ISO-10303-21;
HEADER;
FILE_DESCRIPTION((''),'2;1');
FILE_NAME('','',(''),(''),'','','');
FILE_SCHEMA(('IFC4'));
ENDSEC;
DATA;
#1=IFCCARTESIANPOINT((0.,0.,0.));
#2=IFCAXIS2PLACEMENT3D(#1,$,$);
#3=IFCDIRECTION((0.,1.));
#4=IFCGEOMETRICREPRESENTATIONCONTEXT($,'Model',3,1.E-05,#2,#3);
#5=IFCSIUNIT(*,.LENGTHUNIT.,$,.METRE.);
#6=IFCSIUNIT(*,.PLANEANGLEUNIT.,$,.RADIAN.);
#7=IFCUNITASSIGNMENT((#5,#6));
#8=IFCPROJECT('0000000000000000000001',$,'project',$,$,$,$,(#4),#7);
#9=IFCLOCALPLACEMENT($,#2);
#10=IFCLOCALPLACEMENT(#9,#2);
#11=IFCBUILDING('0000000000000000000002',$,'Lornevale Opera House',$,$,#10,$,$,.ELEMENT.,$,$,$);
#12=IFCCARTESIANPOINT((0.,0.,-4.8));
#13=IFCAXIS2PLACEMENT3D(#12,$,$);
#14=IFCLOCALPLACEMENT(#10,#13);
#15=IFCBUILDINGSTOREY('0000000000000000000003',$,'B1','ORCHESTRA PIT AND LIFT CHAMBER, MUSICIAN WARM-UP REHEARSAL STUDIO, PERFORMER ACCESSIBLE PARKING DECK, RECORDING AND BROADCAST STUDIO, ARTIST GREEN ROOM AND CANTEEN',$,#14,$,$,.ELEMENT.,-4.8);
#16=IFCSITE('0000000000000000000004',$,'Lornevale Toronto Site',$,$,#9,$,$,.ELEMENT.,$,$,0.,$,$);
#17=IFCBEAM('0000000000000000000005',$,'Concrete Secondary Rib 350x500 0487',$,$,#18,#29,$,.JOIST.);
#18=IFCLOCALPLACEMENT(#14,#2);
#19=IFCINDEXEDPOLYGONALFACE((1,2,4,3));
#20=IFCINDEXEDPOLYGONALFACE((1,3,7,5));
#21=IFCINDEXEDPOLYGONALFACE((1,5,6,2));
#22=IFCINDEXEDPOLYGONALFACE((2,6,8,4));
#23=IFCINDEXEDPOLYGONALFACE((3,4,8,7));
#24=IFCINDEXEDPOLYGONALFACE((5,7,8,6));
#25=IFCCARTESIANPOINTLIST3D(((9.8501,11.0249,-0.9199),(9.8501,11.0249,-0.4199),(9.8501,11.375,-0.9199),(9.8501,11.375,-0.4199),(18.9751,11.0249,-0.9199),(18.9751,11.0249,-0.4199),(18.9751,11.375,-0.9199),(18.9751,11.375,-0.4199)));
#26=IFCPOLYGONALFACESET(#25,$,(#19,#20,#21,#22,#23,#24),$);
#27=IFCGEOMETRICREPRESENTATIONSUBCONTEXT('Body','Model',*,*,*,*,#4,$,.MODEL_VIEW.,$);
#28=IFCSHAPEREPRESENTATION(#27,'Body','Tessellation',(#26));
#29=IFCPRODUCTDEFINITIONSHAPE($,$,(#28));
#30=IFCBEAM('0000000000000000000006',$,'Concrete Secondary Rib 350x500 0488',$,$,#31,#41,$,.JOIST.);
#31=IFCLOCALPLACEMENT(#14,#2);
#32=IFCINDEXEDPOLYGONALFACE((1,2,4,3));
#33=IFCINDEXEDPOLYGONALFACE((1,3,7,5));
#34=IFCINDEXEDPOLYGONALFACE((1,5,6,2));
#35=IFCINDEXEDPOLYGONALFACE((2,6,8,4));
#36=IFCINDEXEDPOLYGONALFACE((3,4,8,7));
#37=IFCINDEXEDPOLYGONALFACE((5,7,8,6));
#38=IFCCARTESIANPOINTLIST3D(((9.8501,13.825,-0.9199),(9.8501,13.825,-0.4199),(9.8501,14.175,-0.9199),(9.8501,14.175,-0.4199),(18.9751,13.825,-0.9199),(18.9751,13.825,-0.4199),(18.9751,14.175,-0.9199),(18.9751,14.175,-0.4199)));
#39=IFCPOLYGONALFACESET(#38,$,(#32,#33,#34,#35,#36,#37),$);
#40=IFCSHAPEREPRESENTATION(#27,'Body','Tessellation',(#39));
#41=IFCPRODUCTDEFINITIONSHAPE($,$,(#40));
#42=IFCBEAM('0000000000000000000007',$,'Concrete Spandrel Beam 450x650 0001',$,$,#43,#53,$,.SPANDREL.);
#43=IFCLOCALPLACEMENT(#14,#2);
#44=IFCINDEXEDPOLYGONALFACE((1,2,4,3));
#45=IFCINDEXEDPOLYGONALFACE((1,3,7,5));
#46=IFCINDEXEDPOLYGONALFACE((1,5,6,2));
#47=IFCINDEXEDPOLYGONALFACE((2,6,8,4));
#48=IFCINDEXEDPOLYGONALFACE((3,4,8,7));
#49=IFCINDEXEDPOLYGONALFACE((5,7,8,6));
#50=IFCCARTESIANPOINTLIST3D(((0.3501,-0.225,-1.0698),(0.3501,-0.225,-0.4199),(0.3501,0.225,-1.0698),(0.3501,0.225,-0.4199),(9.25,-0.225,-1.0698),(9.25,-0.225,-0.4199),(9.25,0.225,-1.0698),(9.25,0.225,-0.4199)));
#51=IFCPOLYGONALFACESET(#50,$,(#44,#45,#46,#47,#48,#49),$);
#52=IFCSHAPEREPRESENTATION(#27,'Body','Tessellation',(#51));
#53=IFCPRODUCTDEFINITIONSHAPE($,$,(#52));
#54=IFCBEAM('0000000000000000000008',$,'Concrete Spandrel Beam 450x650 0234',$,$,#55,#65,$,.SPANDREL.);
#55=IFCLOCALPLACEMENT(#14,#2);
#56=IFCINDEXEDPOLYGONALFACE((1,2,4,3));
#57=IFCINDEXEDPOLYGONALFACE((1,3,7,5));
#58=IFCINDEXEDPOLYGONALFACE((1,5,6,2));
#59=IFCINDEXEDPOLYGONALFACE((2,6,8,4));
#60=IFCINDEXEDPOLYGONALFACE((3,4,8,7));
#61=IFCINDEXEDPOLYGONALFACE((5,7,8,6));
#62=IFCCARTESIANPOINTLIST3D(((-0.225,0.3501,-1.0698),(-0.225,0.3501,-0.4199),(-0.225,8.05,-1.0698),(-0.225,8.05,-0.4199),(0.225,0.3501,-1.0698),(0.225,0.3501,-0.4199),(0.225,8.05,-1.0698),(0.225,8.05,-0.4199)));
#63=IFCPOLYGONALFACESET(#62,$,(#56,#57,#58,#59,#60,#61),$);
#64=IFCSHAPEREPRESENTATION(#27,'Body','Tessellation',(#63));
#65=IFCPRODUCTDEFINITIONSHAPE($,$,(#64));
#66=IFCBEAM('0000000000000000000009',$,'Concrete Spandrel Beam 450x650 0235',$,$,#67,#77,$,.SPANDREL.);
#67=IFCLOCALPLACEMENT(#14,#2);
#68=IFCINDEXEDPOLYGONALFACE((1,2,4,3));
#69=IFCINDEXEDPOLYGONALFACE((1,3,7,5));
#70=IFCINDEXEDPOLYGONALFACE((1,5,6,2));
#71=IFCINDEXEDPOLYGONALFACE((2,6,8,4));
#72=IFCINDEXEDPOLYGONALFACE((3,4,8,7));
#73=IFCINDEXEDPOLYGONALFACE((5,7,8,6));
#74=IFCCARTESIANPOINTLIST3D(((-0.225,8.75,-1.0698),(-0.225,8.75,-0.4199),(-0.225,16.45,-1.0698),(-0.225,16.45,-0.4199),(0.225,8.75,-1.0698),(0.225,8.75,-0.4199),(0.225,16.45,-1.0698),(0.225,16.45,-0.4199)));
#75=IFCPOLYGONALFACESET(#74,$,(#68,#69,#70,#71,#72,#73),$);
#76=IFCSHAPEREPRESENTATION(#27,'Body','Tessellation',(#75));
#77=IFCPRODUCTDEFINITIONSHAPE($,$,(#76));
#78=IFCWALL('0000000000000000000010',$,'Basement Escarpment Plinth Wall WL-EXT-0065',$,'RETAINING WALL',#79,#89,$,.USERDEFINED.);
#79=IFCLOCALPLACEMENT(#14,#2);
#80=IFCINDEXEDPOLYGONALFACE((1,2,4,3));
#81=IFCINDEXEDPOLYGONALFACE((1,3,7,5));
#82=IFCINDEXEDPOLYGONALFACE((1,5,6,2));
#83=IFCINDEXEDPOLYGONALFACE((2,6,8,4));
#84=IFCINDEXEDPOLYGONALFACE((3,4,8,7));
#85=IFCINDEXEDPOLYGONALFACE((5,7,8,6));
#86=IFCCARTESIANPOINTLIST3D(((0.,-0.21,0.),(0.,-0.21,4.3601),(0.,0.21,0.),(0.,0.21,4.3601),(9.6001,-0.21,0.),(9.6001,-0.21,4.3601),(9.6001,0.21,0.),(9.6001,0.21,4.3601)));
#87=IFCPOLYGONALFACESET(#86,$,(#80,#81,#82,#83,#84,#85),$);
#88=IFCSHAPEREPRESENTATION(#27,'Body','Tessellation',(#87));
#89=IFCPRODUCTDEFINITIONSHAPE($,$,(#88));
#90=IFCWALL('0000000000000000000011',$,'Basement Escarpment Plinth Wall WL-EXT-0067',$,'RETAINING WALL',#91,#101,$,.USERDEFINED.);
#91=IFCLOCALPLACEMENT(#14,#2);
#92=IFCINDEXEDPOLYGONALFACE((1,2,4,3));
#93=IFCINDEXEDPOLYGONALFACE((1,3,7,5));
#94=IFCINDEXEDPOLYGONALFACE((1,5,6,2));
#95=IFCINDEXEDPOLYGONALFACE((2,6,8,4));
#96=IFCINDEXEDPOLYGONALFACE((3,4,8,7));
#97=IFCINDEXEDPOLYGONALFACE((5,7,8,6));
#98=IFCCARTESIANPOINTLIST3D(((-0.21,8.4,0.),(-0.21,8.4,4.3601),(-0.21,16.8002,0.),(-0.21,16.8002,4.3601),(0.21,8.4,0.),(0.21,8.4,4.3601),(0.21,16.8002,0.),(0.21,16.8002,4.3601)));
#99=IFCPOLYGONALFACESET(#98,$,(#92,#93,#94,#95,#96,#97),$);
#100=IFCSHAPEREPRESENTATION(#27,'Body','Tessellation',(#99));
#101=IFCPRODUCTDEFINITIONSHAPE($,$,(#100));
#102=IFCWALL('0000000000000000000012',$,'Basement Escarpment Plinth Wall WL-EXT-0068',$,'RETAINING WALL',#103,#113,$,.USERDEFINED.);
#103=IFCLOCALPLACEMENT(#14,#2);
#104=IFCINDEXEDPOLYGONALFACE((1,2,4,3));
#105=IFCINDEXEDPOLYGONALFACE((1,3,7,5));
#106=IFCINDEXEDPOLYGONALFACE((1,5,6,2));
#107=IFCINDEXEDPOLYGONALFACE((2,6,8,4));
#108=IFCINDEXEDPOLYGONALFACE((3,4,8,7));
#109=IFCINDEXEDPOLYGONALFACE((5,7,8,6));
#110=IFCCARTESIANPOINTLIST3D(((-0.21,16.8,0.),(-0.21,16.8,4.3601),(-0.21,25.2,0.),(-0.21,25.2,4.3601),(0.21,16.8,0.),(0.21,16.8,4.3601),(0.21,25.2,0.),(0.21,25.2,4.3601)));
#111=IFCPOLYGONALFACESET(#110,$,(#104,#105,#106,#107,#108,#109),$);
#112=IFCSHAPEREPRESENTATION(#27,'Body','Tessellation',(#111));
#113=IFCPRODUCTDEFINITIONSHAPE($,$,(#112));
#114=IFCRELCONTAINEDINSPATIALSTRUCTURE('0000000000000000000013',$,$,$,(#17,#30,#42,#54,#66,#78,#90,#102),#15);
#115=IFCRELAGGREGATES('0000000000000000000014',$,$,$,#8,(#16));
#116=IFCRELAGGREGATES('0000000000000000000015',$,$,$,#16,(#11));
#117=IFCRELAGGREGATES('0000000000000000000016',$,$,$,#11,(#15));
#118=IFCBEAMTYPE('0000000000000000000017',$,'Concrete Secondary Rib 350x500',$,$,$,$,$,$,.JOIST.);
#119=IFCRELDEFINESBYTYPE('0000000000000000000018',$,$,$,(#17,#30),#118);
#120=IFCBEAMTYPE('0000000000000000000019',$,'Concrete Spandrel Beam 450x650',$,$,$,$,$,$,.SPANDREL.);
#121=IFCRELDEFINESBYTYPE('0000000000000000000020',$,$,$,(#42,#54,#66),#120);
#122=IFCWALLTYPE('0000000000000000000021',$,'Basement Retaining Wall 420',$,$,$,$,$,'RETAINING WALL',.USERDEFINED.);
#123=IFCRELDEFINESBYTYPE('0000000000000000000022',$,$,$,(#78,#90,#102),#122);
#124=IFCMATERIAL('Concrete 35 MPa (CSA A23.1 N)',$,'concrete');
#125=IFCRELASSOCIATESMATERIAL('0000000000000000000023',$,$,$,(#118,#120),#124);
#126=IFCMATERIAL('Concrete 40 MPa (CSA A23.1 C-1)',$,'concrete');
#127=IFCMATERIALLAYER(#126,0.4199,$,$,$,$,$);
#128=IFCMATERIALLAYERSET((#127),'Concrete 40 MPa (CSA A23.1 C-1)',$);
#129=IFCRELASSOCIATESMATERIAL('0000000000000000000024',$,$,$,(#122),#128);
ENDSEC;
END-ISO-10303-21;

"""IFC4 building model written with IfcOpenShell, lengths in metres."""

from ifc_helpers import new_model, si_unit, direction, frame, frame_2d, origin, origin_2d, place, context, subcontext, project, spatial, rectangle, extrude, material, layer, layer_set, material_profile, profile_set, type_object, element, save


model = new_model("IFC4")

# Units and contexts
model_context = context("Model", 3, precision=1e-05, world=origin(), true_north=direction((0.0, 1.0)))
body_context = subcontext(model_context, "Body", "Model", "MODEL_VIEW")
ifc_project = project(units=[si_unit("LENGTHUNIT", "METRE"), si_unit("PLANEANGLEUNIT", "RADIAN")], contexts=[model_context])

# Site, building, storey
site_placement = place(None, origin())
site = spatial("IfcSite", under=ifc_project, at=site_placement, Name="Lornevale Toronto Site", CompositionType="ELEMENT", RefElevation=0.0)
building_placement = place(site_placement, origin())
building = spatial("IfcBuilding", under=site, at=building_placement, Name="Lornevale Opera House", CompositionType="ELEMENT")
storey_placement = place(building_placement, frame((0.0, 0.0, -4.8)))
storey = spatial("IfcBuildingStorey", under=building, at=storey_placement, Name="B1", Description="ORCHESTRA PIT AND LIFT CHAMBER, MUSICIAN WARM-UP REHEARSAL STUDIO, PERFORMER ACCESSIBLE PARKING DECK, RECORDING AND BROADCAST STUDIO, ARTIST GREEN ROOM AND CANTEEN", CompositionType="ELEMENT", Elevation=-4.8)

# Shared definitions
ifc_material_1 = material(Name="Concrete 35 MPa (CSA A23.1 N)", Category="concrete")
ifc_material_2 = material(Name="Concrete 40 MPa (CSA A23.1 C-1)", Category="concrete")

# Beams
ifc_material_profile_1 = material_profile(ifc_material_1, rectangle(XDim=0.3501, YDim=0.5, at=origin_2d()), Name="RC350x500")
ifc_profile_set_1 = profile_set([ifc_material_profile_1], Name="Concrete 35 MPa (CSA A23.1 N)")
beam_type_1 = type_object("IfcBeamType", Name="Concrete Secondary Rib 350x500", PredefinedType="JOIST", material=ifc_profile_set_1)
for number, where, z_axis, x_axis, name in (
    (1, (9.8501, 11.2, -0.6699), (1.0, 0.0, 0.0), (0.0, 1.0, 0.0), "Concrete Secondary Rib 350x500 0487"),
    (2, (9.8501, 14.0, -0.6699), (1.0, 0.0, 0.0), (0.0, 1.0, 0.0), "Concrete Secondary Rib 350x500 0488"),
):
    element("IfcBeam", number, at=place(storey_placement, frame(where, z_axis=z_axis, x_axis=x_axis)), inside=storey, type_object=beam_type_1, Name=name, PredefinedType="JOIST", context=body_context, shape_type="SweptSolid", body=[
        extrude(rectangle(XDim=0.3501, YDim=0.5, at=origin_2d()), origin(), (0.0, 0.0, 1.0), 9.125),
    ])
ifc_material_profile_2 = material_profile(ifc_material_1, rectangle(XDim=0.45, YDim=0.6499, at=origin_2d()), Name="RC450x650")
ifc_profile_set_2 = profile_set([ifc_material_profile_2], Name="Concrete 35 MPa (CSA A23.1 N)")
beam_type_2 = type_object("IfcBeamType", Name="Concrete Spandrel Beam 450x650", PredefinedType="SPANDREL", material=ifc_profile_set_2)
beam_1_placement = place(storey_placement, frame((0.3501, 0.0, -0.7449), z_axis=(1.0, 0.0, 0.0), x_axis=(0.0, 1.0, 0.0)))
element("IfcBeam", 3, at=beam_1_placement, inside=storey, type_object=beam_type_2, Name="Concrete Spandrel Beam 450x650 0001", PredefinedType="SPANDREL", context=body_context, shape_type="SweptSolid", body=[
    extrude(rectangle(XDim=0.45, YDim=0.6499, at=origin_2d()), origin(), (0.0, 0.0, 1.0), 8.8999),
])
for number, where, z_axis, x_axis, name in (
    (4, (0.0, 0.3501, -0.7449), (0.0, 1.0, 0.0), (-1.0, 0.0, 0.0), "Concrete Spandrel Beam 450x650 0234"),
    (5, (0.0, 8.75, -0.7449), (0.0, 1.0, 0.0), (-1.0, 0.0, 0.0), "Concrete Spandrel Beam 450x650 0235"),
):
    element("IfcBeam", number, at=place(storey_placement, frame(where, z_axis=z_axis, x_axis=x_axis)), inside=storey, type_object=beam_type_2, Name=name, PredefinedType="SPANDREL", context=body_context, shape_type="SweptSolid", body=[
        extrude(rectangle(XDim=0.45, YDim=0.6499, at=origin_2d()), origin(), (0.0, 0.0, 1.0), 7.7),
    ])

# Walls
ifc_layer = layer(ifc_material_2, 0.4199)
ifc_layer_set = layer_set([ifc_layer], Name="Concrete 40 MPa (CSA A23.1 C-1)")
wall_type = type_object("IfcWallType", Name="Basement Retaining Wall 420", ElementType="RETAINING WALL", PredefinedType="USERDEFINED", material=ifc_layer_set)
wall_1_placement = place(storey_placement, frame((9.6001, 0.0, 0.0), z_axis=(0.0, 0.0, 1.0), x_axis=(-1.0, 0.0, 0.0)))
element("IfcWall", 6, at=wall_1_placement, inside=storey, type_object=wall_type, Name="Basement Escarpment Plinth Wall WL-EXT-0065", ObjectType="RETAINING WALL", PredefinedType="USERDEFINED", context=body_context, shape_type="SweptSolid", body=[
    extrude(rectangle(XDim=9.6001, YDim=0.4199, at=frame_2d((4.8, 0.0))), origin(), (0.0, 0.0, 1.0), 4.3601),
])
wall_2_placement = place(storey_placement, frame((0.0, 8.3999, 0.0), z_axis=(0.0, 0.0, 1.0), x_axis=(0.0, 1.0, 0.0)))
element("IfcWall", 7, at=wall_2_placement, inside=storey, type_object=wall_type, Name="Basement Escarpment Plinth Wall WL-EXT-0067", ObjectType="RETAINING WALL", PredefinedType="USERDEFINED", context=body_context, shape_type="SweptSolid", body=[
    extrude(rectangle(XDim=8.4001, YDim=0.4199, at=frame_2d((4.2002, 0.0))), origin(), (0.0, 0.0, 1.0), 4.3601),
])
wall_3_placement = place(storey_placement, frame((0.0, 16.8, 0.0), z_axis=(0.0, 0.0, 1.0), x_axis=(0.0, 1.0, 0.0)))
element("IfcWall", 8, at=wall_3_placement, inside=storey, type_object=wall_type, Name="Basement Escarpment Plinth Wall WL-EXT-0068", ObjectType="RETAINING WALL", PredefinedType="USERDEFINED", context=body_context, shape_type="SweptSolid", body=[
    extrude(rectangle(XDim=8.3999, YDim=0.4199, at=frame_2d((4.2, 0.0))), origin(), (0.0, 0.0, 1.0), 4.3601),
])

save(model, "model.ifc")
